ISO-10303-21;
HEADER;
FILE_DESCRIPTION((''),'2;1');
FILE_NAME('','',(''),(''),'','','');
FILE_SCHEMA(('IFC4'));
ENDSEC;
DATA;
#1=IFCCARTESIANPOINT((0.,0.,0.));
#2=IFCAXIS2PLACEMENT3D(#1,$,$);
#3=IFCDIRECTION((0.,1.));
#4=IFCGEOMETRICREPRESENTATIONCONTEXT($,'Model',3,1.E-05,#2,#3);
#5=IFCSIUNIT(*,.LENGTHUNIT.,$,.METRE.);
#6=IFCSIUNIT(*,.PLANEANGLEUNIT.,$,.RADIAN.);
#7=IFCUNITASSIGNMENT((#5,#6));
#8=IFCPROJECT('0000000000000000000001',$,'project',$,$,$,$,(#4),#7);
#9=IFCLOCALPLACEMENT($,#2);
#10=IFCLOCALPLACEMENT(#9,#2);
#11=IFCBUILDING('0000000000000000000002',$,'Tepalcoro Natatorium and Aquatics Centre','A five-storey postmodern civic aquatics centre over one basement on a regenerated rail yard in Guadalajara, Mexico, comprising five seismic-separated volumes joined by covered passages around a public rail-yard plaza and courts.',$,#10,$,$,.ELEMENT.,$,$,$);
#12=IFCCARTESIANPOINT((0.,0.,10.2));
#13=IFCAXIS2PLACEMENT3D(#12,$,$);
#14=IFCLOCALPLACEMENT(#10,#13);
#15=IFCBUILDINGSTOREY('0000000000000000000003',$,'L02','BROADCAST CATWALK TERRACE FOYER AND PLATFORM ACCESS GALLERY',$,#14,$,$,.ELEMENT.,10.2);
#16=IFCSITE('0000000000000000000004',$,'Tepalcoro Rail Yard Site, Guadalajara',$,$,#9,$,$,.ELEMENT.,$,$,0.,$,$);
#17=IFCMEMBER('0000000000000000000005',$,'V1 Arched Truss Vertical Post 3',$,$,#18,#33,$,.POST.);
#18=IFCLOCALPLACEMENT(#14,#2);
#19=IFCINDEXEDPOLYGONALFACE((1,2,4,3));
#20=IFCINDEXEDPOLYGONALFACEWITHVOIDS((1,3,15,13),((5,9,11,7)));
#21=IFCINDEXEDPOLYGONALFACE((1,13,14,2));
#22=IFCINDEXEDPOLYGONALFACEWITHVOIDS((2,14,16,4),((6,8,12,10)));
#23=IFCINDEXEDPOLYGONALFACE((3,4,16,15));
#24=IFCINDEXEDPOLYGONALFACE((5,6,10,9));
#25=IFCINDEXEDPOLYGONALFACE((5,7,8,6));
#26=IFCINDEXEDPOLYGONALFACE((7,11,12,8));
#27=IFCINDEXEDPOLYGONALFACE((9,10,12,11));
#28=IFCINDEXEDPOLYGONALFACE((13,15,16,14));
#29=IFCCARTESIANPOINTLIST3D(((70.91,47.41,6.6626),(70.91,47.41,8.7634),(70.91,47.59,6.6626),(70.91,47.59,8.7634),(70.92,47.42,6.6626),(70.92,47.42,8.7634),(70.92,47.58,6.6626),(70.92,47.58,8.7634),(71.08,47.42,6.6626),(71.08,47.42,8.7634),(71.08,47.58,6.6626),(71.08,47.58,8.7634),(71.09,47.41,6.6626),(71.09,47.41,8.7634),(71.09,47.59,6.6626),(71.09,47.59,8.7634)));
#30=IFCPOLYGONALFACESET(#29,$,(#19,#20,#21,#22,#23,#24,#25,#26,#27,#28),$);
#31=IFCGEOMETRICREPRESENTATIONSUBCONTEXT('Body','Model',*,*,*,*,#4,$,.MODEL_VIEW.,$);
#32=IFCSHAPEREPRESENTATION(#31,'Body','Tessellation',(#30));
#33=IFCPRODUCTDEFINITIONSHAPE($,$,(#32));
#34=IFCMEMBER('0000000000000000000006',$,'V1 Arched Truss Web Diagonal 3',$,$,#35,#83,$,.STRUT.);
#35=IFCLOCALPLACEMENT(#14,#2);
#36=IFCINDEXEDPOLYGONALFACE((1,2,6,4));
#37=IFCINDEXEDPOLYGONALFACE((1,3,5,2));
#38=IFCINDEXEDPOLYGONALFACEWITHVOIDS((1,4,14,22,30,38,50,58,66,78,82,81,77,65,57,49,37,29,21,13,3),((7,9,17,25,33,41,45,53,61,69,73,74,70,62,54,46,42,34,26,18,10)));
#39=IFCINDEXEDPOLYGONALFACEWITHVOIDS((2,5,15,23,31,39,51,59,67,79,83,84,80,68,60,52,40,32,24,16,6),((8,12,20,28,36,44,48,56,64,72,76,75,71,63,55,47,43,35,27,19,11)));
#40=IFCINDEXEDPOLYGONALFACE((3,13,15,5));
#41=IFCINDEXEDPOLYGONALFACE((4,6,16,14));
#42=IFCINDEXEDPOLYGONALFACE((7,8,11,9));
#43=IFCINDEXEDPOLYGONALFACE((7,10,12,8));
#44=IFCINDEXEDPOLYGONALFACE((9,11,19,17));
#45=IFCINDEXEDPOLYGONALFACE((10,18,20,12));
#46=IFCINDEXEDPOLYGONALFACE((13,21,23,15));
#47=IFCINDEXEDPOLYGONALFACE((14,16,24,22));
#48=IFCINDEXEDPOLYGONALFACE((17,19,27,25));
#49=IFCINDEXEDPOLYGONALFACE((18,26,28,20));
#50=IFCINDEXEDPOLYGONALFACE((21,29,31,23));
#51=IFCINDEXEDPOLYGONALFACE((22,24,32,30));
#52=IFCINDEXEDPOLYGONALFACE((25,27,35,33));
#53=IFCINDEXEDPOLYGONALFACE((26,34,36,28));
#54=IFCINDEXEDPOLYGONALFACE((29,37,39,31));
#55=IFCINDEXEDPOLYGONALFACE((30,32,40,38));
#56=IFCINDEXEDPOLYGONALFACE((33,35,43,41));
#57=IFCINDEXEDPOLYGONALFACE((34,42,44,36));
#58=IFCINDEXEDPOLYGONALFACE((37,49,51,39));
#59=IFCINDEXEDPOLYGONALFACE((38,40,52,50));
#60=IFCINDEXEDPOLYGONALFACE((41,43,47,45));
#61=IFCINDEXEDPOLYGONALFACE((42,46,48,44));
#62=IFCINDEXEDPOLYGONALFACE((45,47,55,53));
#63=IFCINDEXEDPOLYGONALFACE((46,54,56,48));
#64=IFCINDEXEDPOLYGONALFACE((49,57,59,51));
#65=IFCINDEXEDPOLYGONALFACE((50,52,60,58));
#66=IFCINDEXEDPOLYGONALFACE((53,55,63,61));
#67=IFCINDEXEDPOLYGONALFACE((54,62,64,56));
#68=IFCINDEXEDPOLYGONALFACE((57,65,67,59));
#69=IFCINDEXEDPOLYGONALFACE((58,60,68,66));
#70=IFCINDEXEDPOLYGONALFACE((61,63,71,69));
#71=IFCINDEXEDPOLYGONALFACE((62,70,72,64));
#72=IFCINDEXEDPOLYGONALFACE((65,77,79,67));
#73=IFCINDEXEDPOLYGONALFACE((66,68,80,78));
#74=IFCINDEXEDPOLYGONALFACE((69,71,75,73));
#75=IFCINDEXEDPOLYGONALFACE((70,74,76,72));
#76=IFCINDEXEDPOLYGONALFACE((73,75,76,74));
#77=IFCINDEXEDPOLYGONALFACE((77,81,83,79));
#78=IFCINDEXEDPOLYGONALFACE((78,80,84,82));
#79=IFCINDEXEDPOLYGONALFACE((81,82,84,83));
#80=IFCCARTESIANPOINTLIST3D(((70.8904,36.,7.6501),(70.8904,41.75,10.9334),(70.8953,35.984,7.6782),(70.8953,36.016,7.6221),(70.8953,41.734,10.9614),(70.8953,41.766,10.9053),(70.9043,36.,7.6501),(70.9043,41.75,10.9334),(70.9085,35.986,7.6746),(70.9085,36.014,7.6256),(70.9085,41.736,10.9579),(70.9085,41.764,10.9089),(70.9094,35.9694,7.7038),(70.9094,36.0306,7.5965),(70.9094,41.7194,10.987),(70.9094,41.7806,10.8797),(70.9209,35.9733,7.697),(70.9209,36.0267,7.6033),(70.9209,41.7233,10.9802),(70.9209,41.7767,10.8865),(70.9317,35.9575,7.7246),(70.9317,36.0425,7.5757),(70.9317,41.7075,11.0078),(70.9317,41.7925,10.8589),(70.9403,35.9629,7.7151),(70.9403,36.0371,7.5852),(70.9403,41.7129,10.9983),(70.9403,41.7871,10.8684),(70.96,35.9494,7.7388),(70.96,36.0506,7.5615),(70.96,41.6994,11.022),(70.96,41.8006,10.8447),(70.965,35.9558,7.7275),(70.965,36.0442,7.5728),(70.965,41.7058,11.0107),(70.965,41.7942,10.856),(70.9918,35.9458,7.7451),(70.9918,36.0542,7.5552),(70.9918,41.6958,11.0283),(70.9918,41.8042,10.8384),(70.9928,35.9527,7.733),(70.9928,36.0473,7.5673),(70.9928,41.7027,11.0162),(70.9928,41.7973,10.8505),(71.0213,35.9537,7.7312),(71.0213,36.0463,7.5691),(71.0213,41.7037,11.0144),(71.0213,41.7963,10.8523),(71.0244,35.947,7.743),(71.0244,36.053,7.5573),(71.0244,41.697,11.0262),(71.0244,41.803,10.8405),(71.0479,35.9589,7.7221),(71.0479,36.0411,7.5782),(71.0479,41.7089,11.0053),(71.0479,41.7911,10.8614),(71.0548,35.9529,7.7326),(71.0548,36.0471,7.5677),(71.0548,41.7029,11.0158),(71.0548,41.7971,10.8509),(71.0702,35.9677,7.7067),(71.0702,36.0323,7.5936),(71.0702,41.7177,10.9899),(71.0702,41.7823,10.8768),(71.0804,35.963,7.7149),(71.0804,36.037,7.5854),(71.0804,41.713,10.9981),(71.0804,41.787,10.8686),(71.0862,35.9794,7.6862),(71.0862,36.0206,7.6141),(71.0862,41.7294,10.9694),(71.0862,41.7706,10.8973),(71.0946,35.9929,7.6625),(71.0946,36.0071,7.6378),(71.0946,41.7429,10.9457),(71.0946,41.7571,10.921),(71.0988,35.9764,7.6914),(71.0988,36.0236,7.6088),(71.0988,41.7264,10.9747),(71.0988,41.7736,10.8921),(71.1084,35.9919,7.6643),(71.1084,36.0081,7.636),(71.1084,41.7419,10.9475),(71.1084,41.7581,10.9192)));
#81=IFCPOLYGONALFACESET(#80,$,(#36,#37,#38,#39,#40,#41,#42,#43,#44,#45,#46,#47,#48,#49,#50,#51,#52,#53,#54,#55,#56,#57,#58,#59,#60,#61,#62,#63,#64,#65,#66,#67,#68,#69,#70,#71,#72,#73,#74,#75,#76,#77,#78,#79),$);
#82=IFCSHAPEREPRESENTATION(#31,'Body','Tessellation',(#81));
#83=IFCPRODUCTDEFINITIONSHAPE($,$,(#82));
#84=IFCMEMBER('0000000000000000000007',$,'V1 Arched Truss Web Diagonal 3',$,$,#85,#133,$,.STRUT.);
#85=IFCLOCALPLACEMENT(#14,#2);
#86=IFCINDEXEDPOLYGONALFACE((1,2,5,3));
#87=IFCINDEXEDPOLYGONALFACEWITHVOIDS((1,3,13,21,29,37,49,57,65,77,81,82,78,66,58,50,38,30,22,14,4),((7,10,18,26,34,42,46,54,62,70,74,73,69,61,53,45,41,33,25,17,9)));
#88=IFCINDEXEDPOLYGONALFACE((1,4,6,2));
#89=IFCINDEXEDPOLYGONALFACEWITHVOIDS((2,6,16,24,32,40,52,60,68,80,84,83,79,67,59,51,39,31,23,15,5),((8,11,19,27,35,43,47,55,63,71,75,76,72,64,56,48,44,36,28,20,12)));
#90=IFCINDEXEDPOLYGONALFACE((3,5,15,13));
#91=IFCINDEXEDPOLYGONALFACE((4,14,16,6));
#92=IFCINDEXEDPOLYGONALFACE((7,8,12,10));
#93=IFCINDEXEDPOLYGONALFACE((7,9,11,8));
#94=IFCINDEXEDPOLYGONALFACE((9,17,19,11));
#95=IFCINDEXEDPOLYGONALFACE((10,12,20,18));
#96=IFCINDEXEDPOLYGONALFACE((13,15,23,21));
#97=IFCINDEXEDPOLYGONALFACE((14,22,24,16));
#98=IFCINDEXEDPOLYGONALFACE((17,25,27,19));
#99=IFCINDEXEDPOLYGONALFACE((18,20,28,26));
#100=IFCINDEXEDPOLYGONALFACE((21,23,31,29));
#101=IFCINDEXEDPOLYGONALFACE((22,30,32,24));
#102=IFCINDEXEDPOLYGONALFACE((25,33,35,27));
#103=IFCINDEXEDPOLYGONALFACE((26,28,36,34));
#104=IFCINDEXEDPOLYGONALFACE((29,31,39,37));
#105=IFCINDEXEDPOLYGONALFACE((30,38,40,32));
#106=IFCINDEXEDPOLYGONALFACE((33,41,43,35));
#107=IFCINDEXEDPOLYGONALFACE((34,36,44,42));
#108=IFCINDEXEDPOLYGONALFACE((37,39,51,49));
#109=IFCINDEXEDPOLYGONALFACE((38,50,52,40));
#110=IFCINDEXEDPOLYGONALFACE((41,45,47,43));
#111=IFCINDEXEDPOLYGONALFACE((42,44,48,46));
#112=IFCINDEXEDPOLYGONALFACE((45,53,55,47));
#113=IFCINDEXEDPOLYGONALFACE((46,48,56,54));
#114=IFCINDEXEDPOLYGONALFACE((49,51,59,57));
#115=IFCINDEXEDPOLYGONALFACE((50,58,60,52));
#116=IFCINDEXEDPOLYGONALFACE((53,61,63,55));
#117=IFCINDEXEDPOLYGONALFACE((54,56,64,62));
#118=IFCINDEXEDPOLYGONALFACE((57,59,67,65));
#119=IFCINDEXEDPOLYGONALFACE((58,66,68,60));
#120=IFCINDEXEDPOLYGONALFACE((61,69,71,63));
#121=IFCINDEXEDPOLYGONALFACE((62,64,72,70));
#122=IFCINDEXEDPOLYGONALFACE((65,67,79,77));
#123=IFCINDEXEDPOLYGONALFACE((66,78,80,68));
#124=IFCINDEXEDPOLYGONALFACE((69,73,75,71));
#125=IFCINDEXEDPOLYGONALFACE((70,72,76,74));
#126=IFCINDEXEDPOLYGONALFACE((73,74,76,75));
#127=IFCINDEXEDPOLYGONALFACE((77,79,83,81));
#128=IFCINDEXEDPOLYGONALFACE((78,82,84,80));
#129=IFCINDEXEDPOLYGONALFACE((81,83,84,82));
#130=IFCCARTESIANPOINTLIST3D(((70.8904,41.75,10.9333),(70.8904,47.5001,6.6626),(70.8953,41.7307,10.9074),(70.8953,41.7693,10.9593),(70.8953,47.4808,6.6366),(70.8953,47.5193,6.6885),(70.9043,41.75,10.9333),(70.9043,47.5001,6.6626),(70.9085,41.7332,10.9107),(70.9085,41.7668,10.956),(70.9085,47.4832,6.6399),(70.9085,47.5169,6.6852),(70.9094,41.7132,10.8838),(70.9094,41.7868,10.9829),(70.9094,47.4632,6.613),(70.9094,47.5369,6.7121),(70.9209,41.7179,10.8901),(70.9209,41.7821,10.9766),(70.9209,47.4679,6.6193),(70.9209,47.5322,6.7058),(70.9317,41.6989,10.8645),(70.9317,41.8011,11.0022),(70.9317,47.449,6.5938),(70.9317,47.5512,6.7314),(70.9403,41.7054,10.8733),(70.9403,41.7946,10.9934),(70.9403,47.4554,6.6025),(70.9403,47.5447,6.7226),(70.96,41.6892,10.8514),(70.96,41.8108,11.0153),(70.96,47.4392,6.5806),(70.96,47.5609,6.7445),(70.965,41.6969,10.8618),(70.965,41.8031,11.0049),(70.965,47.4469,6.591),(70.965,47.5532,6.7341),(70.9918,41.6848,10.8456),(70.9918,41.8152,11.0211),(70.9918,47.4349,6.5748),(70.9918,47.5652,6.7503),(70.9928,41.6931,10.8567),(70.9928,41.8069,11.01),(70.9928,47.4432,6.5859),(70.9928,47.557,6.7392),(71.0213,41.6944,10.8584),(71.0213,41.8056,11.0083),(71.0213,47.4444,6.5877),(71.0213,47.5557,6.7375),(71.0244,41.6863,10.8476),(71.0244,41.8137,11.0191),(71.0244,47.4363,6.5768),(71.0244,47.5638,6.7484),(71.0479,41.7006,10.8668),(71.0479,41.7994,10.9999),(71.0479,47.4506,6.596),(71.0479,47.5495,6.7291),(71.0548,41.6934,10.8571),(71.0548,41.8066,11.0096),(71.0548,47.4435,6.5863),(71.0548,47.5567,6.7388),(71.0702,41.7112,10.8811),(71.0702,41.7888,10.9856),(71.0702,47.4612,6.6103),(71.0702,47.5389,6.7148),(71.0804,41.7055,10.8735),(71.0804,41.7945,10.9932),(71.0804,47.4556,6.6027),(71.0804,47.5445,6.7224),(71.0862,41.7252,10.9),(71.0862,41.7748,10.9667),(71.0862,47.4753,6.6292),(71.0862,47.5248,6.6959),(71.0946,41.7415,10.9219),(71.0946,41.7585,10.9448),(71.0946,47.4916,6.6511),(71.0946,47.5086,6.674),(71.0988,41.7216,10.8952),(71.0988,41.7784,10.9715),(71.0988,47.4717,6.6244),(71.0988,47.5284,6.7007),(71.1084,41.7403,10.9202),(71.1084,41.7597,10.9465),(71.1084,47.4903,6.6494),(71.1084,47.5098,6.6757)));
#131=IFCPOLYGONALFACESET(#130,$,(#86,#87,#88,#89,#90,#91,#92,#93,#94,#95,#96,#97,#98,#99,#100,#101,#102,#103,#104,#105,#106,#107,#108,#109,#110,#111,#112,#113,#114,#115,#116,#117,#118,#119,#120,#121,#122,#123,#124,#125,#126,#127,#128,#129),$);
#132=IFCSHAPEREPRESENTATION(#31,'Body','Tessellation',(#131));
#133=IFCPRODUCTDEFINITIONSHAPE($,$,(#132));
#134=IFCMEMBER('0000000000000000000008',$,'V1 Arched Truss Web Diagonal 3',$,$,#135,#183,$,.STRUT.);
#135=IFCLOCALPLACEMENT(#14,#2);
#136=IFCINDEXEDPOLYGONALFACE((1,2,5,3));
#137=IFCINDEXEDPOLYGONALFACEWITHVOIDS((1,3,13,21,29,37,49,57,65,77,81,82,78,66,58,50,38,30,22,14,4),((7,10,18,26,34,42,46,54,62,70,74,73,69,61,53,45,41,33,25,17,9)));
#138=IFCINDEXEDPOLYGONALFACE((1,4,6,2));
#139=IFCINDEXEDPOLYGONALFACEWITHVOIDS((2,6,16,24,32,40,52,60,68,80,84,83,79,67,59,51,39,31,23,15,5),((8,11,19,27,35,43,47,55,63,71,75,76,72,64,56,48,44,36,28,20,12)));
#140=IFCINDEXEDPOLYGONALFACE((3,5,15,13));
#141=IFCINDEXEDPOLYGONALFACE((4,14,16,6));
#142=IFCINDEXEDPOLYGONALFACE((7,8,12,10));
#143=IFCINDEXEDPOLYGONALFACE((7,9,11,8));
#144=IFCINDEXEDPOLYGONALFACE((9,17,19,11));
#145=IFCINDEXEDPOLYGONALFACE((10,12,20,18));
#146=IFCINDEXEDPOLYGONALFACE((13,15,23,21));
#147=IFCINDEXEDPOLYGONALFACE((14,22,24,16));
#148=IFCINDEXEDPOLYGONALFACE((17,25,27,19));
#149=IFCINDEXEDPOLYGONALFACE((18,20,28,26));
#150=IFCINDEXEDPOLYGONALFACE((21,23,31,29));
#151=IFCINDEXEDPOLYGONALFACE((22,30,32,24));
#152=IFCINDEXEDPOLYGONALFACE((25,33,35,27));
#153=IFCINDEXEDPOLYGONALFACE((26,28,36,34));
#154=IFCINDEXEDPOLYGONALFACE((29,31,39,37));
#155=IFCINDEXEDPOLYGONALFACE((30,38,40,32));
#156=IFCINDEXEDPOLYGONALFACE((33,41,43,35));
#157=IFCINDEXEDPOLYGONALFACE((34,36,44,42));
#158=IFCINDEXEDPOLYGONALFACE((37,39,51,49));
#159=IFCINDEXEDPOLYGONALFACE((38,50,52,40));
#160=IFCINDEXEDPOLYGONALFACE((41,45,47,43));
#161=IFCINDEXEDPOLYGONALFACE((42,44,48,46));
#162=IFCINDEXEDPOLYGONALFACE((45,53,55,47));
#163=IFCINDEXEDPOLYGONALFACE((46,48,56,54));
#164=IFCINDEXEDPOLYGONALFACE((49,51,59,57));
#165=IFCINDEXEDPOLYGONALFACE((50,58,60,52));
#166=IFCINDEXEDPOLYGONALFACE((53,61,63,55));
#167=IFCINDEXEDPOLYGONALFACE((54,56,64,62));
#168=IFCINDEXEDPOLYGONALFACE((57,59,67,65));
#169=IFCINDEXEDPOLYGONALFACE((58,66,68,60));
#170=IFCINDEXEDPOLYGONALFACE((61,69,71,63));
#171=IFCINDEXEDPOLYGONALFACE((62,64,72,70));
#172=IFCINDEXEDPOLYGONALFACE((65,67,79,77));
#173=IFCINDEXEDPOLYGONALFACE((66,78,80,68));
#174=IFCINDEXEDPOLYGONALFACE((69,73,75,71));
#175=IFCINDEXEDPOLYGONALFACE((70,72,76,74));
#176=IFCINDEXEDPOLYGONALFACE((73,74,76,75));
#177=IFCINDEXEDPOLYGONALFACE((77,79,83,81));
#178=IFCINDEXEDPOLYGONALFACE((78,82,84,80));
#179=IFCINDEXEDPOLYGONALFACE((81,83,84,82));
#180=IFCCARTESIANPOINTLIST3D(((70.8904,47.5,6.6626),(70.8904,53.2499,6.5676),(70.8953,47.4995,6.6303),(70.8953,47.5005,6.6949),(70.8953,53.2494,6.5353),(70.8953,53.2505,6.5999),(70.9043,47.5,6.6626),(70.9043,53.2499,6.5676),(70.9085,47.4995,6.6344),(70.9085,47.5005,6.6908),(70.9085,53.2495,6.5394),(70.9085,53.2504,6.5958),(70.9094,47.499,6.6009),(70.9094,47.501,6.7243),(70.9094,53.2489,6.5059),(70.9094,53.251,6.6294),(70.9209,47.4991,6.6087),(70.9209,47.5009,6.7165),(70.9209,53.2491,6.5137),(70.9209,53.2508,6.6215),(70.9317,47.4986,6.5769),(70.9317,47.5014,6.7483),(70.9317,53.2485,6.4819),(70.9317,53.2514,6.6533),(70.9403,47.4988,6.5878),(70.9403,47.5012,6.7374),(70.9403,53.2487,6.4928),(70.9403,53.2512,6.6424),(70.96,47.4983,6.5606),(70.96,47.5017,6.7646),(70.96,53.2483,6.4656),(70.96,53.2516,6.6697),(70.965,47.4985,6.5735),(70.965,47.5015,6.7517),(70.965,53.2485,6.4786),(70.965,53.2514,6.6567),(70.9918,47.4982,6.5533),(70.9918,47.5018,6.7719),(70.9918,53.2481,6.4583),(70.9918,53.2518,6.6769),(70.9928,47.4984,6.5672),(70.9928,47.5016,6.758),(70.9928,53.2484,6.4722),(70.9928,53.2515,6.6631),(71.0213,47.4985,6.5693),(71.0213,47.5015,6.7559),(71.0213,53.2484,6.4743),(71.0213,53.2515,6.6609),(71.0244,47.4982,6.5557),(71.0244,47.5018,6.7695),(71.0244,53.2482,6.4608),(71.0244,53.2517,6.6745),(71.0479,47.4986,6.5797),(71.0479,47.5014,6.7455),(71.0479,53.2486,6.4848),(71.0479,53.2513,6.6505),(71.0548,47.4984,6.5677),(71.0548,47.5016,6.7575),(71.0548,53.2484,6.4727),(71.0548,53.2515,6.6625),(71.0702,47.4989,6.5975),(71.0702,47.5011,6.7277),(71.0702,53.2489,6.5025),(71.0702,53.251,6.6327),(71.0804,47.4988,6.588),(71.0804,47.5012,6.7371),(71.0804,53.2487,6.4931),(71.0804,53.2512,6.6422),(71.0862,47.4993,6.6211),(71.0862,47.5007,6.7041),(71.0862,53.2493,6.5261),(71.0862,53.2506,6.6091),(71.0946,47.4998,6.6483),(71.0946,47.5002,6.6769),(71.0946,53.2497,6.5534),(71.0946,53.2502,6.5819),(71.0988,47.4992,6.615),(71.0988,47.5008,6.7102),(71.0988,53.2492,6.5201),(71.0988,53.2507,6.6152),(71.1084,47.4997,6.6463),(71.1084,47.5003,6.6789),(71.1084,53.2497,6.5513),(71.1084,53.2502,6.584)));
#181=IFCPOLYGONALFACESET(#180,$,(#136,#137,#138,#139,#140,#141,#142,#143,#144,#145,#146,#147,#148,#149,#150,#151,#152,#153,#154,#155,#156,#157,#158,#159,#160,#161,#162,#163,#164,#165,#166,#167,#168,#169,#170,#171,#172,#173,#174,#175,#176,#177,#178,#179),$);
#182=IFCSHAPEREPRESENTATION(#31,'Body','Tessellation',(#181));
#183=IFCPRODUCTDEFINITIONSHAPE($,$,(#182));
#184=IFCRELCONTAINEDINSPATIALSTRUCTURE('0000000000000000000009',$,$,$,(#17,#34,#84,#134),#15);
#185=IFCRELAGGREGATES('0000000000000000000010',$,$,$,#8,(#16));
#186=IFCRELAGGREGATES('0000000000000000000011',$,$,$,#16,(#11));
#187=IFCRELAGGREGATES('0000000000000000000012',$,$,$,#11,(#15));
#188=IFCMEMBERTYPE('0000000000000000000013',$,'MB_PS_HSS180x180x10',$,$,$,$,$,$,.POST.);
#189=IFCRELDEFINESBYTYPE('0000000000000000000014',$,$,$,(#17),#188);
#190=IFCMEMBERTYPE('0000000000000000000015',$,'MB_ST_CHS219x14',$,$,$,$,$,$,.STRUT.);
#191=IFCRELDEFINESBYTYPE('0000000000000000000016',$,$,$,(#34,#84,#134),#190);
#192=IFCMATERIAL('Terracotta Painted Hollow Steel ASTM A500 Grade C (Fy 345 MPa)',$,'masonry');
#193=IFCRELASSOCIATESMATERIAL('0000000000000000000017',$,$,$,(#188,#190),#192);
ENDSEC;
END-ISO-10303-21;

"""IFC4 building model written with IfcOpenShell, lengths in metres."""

from ifc_helpers import new_model, si_unit, direction, frame, origin, origin_2d, place, context, subcontext, project, spatial, hollow_rectangle, hollow_circle, extrude, material, material_profile, profile_set, type_object, element, save


model = new_model("IFC4")

# Units and contexts
model_context = context("Model", 3, precision=1e-05, world=origin(), true_north=direction((0.0, 1.0)))
body_context = subcontext(model_context, "Body", "Model", "MODEL_VIEW")
ifc_project = project(units=[si_unit("LENGTHUNIT", "METRE"), si_unit("PLANEANGLEUNIT", "RADIAN")], contexts=[model_context])

# Site, building, storey
site_placement = place(None, origin())
site = spatial("IfcSite", under=ifc_project, at=site_placement, Name="Tepalcoro Rail Yard Site, Guadalajara", CompositionType="ELEMENT", RefElevation=0.0)
building_placement = place(site_placement, origin())
building = spatial("IfcBuilding", under=site, at=building_placement, Name="Tepalcoro Natatorium and Aquatics Centre", Description="A five-storey postmodern civic aquatics centre over one basement on a regenerated rail yard in Guadalajara, Mexico, comprising five seismic-separated volumes joined by covered passages around a public rail-yard plaza and courts.", CompositionType="ELEMENT")
storey_placement = place(building_placement, frame((0.0, 0.0, 10.2)))
storey = spatial("IfcBuildingStorey", under=building, at=storey_placement, Name="L02", Description="BROADCAST CATWALK TERRACE FOYER AND PLATFORM ACCESS GALLERY", CompositionType="ELEMENT", Elevation=10.2)

# Shared definitions
ifc_material_1 = material(Name="Terracotta Painted Hollow Steel ASTM A500 Grade C (Fy 345 MPa)", Category="masonry")

# Members
ifc_material_profile_1 = material_profile(ifc_material_1, hollow_rectangle(XDim=0.1799, YDim=0.1799, WallThickness=0.01, at=origin_2d()), Name="HSS180X180X10")
ifc_profile_set_1 = profile_set([ifc_material_profile_1], Name="Terracotta Painted Hollow Steel ASTM A500 Grade C (Fy 345 MPa)")
member_type_1 = type_object("IfcMemberType", Name="MB_PS_HSS180x180x10", PredefinedType="POST", material=ifc_profile_set_1)
member_1_placement = place(storey_placement, frame((71.0, 47.5, 6.6626), z_axis=(0.0, 0.0, 1.0), x_axis=(1.0, 0.0, 0.0)))
element("IfcMember", 1, at=member_1_placement, inside=storey, type_object=member_type_1, Name="V1 Arched Truss Vertical Post 3", PredefinedType="POST", context=body_context, shape_type="SweptSolid", body=[
    extrude(hollow_rectangle(XDim=0.1799, YDim=0.1799, WallThickness=0.01, at=origin_2d()), origin(), (0.0, 0.0, 1.0), 2.1008),
])
ifc_material_profile_2 = material_profile(ifc_material_1, hollow_circle(Radius=0.1096, WallThickness=0.0139, at=origin_2d()), Name="CHS219X14")
ifc_profile_set_2 = profile_set([ifc_material_profile_2], Name="Terracotta Painted Hollow Steel ASTM A500 Grade C (Fy 345 MPa)")
member_type_2 = type_object("IfcMemberType", Name="MB_ST_CHS219x14", PredefinedType="STRUT", material=ifc_profile_set_2)
member_2_placement = place(storey_placement, frame((71.0, 36.0, 7.6501), z_axis=(0.0, 0.868406, 0.495853), x_axis=(-1.0, 0.0, 0.0)))
element("IfcMember", 2, at=member_2_placement, inside=storey, type_object=member_type_2, Name="V1 Arched Truss Web Diagonal 3", PredefinedType="STRUT", context=body_context, shape_type="SweptSolid", body=[
    extrude(hollow_circle(Radius=0.1096, WallThickness=0.0139, at=origin_2d()), origin(), (0.0, 0.0, 1.0), 6.6213),
])
member_3_placement = place(storey_placement, frame((71.0, 41.75, 10.9333), z_axis=(0.0, 0.802789, -0.596263), x_axis=(-1.0, 0.0, 0.0)))
element("IfcMember", 3, at=member_3_placement, inside=storey, type_object=member_type_2, Name="V1 Arched Truss Web Diagonal 3", PredefinedType="STRUT", context=body_context, shape_type="SweptSolid", body=[
    extrude(hollow_circle(Radius=0.1096, WallThickness=0.0139, at=origin_2d()), origin(), (0.0, 0.0, 1.0), 7.1626),
])
member_4_placement = place(storey_placement, frame((71.0, 47.5, 6.6626), z_axis=(0.0, 0.999864, -0.016514), x_axis=(-1.0, 0.0, 0.0)))
element("IfcMember", 4, at=member_4_placement, inside=storey, type_object=member_type_2, Name="V1 Arched Truss Web Diagonal 3", PredefinedType="STRUT", context=body_context, shape_type="SweptSolid", body=[
    extrude(hollow_circle(Radius=0.1096, WallThickness=0.0139, at=origin_2d()), origin(), (0.0, 0.0, 1.0), 5.7507),
])

save(model, "model.ifc")
